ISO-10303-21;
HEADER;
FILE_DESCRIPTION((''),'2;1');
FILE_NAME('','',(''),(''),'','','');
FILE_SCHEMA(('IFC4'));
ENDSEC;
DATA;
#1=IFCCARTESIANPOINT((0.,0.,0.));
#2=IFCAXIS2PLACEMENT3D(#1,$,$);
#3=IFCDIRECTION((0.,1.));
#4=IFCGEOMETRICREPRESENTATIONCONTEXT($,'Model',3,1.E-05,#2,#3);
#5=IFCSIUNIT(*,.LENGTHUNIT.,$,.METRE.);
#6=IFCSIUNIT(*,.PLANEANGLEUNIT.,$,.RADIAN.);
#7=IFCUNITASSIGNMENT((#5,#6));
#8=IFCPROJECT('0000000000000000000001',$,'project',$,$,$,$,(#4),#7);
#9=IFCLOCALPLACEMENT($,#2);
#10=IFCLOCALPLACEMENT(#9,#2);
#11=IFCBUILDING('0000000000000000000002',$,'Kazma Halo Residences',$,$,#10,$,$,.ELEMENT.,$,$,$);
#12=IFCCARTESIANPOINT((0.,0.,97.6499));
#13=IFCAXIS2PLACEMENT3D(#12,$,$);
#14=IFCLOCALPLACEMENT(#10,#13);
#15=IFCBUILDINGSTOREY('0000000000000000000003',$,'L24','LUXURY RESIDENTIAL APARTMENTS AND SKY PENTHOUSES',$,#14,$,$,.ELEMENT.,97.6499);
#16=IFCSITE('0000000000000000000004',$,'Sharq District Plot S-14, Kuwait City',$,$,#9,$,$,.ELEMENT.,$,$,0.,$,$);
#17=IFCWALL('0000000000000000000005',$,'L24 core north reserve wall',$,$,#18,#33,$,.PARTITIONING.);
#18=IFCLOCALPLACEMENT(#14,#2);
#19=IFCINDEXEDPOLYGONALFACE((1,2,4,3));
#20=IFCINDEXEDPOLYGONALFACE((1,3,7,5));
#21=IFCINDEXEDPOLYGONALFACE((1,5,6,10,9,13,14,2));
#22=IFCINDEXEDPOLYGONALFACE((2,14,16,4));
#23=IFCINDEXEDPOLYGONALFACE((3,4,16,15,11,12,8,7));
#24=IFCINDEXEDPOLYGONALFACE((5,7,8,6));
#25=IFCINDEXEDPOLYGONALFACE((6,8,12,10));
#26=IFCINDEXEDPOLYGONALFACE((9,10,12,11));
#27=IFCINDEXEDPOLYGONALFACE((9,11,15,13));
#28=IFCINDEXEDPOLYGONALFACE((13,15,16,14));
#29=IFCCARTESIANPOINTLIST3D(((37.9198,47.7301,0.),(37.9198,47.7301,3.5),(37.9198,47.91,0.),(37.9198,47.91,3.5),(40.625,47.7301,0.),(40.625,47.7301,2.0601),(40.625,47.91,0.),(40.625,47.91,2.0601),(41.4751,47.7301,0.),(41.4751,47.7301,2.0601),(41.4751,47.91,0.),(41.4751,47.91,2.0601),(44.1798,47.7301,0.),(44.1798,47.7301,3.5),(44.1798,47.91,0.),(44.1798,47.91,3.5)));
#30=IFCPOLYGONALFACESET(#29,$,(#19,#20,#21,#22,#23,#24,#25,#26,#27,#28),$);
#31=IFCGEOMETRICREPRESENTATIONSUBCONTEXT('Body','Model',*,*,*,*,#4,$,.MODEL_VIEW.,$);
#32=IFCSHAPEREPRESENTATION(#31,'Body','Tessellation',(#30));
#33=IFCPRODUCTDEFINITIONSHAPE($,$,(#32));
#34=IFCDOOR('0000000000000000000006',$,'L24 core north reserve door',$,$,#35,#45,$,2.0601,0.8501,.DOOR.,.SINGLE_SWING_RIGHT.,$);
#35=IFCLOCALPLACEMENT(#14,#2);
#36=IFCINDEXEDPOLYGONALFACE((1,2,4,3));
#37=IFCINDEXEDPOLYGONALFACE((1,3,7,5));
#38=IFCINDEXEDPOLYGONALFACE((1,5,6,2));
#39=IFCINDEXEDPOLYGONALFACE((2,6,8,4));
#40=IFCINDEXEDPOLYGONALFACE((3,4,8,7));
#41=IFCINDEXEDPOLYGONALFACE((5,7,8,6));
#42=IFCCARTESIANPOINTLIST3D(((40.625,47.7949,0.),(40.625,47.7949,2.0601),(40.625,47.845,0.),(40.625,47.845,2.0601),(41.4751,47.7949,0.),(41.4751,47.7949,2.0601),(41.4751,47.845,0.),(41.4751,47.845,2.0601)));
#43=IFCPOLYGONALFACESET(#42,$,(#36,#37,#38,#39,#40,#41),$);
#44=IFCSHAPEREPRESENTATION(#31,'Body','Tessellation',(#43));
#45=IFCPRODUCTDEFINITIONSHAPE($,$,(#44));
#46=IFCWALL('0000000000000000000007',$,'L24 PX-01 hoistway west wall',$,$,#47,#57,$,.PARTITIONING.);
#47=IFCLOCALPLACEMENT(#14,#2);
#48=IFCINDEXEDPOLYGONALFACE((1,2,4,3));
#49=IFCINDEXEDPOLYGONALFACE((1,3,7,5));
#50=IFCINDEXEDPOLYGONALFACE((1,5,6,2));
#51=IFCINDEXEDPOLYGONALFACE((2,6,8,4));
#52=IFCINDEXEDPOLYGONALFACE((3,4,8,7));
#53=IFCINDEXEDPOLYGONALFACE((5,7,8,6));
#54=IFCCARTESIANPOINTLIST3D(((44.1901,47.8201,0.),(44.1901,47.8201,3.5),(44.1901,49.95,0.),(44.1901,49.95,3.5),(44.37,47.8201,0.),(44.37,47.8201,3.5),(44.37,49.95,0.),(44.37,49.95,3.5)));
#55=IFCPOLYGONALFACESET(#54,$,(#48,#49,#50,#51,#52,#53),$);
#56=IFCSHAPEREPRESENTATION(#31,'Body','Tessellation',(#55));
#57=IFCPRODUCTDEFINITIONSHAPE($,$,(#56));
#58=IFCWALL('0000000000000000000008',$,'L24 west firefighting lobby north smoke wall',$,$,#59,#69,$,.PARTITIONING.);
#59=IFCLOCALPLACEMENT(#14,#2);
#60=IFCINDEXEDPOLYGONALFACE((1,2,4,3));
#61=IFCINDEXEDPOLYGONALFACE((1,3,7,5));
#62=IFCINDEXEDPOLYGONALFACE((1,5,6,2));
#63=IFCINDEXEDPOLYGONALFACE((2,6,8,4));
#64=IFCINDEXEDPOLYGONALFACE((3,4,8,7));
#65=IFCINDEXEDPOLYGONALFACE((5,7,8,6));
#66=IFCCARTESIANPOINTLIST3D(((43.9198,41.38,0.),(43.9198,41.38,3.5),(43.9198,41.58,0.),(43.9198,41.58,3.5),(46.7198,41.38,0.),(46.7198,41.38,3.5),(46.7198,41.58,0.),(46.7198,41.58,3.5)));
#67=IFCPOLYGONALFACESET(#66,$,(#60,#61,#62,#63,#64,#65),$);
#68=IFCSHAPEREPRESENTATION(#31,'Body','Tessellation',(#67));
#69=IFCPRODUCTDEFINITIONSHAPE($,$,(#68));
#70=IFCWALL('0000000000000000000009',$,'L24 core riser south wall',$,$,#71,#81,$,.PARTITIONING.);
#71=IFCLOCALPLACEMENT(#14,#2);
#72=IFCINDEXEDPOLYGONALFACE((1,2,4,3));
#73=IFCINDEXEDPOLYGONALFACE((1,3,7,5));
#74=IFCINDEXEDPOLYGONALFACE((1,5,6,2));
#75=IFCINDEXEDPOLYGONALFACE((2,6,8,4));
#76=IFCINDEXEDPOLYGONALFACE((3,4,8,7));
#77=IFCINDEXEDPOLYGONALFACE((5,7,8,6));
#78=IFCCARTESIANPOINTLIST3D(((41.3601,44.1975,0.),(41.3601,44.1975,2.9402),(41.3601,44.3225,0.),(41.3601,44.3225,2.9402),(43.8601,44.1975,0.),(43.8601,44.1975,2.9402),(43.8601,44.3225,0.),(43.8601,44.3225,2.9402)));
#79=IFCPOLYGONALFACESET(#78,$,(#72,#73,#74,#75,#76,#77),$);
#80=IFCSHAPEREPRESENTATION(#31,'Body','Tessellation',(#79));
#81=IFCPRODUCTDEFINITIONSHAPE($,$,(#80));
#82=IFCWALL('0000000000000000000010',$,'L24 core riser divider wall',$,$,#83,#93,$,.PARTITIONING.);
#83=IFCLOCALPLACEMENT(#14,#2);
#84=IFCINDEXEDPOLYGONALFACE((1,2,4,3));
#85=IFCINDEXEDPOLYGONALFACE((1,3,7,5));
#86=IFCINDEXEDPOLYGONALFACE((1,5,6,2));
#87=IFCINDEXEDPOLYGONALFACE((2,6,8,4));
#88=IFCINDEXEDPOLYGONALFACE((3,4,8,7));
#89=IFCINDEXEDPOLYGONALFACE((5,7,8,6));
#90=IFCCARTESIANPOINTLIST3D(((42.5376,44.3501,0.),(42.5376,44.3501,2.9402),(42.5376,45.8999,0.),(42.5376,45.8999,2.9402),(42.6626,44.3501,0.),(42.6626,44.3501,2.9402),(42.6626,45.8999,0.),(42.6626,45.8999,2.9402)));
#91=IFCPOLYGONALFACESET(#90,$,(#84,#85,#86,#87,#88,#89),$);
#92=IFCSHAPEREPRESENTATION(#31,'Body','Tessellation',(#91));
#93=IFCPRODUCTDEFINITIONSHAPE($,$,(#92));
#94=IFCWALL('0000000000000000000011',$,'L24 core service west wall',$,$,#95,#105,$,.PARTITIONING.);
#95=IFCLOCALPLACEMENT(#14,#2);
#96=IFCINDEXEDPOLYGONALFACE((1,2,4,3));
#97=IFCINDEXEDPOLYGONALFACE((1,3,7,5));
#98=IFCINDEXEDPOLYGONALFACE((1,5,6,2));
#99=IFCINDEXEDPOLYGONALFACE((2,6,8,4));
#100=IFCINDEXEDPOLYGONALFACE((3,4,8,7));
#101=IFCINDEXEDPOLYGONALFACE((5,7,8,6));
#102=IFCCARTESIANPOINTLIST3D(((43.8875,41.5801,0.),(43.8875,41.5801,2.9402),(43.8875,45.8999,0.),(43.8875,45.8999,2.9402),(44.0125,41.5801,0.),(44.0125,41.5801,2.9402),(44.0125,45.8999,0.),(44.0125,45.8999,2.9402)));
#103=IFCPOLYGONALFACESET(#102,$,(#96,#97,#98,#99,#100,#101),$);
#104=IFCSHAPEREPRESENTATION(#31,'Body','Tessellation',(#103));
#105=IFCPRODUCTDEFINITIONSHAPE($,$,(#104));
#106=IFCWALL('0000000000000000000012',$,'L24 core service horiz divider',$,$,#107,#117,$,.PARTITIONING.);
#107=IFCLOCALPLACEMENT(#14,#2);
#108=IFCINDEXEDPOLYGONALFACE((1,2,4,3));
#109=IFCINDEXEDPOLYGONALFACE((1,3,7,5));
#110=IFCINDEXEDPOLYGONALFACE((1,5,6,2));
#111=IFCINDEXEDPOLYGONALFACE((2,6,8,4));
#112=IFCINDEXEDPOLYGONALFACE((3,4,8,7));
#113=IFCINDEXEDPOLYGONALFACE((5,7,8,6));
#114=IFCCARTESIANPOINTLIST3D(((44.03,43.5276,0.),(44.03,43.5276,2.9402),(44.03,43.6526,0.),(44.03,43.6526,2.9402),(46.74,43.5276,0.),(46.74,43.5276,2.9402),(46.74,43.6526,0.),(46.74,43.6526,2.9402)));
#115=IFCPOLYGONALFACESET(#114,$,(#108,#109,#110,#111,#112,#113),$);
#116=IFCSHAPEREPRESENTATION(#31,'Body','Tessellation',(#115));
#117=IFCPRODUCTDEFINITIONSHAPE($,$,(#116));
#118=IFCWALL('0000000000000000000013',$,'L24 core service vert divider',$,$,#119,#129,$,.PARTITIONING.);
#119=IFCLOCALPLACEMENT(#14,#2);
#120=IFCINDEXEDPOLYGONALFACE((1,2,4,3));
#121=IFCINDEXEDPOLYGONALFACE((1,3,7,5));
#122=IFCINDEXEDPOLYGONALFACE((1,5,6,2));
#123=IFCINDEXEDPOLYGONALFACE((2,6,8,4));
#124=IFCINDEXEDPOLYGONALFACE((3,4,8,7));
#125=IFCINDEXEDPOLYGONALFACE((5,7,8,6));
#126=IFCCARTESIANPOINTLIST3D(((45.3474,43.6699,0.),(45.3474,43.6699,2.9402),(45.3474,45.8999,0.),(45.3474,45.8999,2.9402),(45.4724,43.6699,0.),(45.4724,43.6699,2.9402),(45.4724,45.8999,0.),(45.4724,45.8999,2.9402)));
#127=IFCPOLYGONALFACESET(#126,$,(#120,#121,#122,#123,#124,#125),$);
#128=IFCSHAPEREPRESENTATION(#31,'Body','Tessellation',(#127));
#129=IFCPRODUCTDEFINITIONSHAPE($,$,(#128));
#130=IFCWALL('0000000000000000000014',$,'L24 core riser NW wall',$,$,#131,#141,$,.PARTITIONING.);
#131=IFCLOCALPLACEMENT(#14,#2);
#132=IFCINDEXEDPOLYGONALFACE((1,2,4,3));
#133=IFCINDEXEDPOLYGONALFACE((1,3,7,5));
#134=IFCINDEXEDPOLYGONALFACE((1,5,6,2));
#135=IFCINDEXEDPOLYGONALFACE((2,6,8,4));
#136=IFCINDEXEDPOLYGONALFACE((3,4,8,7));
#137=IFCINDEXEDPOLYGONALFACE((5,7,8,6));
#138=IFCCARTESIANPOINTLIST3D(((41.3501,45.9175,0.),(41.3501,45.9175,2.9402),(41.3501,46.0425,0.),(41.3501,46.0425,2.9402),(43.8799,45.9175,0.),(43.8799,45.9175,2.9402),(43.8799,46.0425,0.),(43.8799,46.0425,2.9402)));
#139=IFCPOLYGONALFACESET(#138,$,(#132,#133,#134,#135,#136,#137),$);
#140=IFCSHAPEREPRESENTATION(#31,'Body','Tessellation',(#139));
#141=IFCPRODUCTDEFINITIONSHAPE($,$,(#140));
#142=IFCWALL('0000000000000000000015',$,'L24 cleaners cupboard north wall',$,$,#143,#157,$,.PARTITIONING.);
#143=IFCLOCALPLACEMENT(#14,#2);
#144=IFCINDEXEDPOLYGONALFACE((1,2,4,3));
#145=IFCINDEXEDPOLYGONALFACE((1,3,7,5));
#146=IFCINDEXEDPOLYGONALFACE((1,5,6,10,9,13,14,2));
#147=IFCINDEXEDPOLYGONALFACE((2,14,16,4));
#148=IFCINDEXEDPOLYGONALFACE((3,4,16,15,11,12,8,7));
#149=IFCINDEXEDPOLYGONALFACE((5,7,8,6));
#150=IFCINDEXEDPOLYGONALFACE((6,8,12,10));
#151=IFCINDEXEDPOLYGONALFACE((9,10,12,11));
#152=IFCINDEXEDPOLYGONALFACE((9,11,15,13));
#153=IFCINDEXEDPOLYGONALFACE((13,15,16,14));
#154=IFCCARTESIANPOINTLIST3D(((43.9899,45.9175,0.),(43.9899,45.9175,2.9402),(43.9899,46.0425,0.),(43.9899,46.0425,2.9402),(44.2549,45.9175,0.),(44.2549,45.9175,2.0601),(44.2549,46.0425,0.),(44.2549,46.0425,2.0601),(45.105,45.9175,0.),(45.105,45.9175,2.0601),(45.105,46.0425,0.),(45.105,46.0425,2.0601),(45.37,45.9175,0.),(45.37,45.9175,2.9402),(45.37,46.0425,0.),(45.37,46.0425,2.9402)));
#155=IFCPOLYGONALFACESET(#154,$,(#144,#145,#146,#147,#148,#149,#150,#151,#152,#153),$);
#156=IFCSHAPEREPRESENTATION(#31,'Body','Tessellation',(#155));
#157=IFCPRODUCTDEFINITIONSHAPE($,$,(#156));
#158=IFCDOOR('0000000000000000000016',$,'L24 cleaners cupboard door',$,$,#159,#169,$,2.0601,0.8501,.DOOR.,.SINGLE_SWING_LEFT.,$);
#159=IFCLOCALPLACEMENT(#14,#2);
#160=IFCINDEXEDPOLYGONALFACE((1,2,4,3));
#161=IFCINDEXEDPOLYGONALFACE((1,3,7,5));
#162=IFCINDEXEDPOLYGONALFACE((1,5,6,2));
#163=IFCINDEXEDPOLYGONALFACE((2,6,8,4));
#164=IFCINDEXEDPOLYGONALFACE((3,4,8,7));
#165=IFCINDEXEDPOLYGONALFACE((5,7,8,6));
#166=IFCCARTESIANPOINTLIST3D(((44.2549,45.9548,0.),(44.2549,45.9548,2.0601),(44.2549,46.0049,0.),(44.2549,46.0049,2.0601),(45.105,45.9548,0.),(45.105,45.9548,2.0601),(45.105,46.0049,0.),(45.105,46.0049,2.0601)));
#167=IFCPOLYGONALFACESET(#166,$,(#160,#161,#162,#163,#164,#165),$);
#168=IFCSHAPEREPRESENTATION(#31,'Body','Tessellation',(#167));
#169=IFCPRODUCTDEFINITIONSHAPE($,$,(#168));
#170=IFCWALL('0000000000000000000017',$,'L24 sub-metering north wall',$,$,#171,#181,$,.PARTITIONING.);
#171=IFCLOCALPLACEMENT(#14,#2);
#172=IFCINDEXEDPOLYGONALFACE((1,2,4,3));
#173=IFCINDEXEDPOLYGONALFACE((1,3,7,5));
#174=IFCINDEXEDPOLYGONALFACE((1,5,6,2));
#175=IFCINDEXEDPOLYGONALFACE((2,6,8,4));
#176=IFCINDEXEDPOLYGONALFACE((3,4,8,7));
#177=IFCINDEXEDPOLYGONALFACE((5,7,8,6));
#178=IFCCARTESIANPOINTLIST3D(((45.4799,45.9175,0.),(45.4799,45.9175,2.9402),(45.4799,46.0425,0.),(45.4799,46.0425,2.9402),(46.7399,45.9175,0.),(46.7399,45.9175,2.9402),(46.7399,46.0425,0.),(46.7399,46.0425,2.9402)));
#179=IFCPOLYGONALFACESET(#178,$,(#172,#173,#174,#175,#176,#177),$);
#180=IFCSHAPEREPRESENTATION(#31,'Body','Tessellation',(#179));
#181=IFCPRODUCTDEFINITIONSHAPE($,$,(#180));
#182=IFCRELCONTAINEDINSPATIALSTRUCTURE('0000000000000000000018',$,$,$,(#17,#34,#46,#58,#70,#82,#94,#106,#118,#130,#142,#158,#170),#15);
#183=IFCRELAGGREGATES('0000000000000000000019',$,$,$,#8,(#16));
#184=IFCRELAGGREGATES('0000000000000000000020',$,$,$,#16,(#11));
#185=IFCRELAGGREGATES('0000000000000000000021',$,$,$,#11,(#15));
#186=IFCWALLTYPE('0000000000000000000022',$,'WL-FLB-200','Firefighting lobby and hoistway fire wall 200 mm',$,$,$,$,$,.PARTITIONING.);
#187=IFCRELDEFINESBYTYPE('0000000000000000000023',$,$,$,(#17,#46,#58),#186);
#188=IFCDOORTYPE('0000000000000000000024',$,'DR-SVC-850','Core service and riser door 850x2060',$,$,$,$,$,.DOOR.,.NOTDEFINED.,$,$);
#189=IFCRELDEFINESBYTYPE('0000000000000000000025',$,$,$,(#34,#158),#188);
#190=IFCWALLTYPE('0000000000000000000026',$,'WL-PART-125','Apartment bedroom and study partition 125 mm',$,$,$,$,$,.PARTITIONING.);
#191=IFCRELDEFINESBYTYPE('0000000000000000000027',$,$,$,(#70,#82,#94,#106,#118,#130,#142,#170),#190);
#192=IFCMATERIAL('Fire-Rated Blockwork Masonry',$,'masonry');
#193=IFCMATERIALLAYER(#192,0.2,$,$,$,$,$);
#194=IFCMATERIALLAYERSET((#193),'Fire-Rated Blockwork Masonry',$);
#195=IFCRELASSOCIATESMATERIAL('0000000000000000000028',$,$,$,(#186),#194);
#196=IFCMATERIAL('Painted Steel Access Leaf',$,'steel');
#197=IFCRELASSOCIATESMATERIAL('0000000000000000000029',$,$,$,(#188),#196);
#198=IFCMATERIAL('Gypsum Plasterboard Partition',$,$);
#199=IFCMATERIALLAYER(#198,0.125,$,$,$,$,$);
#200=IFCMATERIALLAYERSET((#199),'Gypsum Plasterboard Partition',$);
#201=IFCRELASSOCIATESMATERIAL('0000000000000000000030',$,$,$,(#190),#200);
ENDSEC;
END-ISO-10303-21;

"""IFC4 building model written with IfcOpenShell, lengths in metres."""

from ifc_helpers import new_model, si_unit, direction, frame, frame_2d, origin, place, context, subcontext, project, spatial, rectangle, extrude, material, layer, layer_set, type_object, element, fill, save


model = new_model("IFC4")

# Units and contexts
model_context = context("Model", 3, precision=1e-05, world=origin(), true_north=direction((0.0, 1.0)))
body_context = subcontext(model_context, "Body", "Model", "MODEL_VIEW")
ifc_project = project(units=[si_unit("LENGTHUNIT", "METRE"), si_unit("PLANEANGLEUNIT", "RADIAN")], contexts=[model_context])

# Site, building, storey
site_placement = place(None, origin())
site = spatial("IfcSite", under=ifc_project, at=site_placement, Name="Sharq District Plot S-14, Kuwait City", CompositionType="ELEMENT", RefElevation=0.0)
building_placement = place(site_placement, origin())
building = spatial("IfcBuilding", under=site, at=building_placement, Name="Kazma Halo Residences", CompositionType="ELEMENT")
storey_placement = place(building_placement, frame((0.0, 0.0, 97.6499)))
storey = spatial("IfcBuildingStorey", under=building, at=storey_placement, Name="L24", Description="LUXURY RESIDENTIAL APARTMENTS AND SKY PENTHOUSES", CompositionType="ELEMENT", Elevation=97.6499)

# Shared definitions
ifc_material_1 = material(Name="Fire-Rated Blockwork Masonry", Category="masonry")
ifc_layer_1 = layer(ifc_material_1, 0.2)
ifc_layer_set_1 = layer_set([ifc_layer_1], Name="Fire-Rated Blockwork Masonry")
wall_type_1 = type_object("IfcWallType", Name="WL-FLB-200", Description="Firefighting lobby and hoistway fire wall 200 mm", PredefinedType="PARTITIONING", material=ifc_layer_set_1)

# Wall, opening, door
wall_1_placement = place(storey_placement, frame((37.9199, 47.8201, 0.0), z_axis=(0.0, 0.0, 1.0), x_axis=(1.0, 0.0, 0.0)))
wall_1 = element("IfcWall", 1, at=wall_1_placement, inside=storey, type_object=wall_type_1, Name="L24 core north reserve wall", PredefinedType="PARTITIONING", context=body_context, shape_type="SweptSolid", body=[
    extrude(rectangle(XDim=6.26, YDim=0.1799, at=frame_2d((3.1299, 0.0))), origin(), (0.0, 0.0, 1.0), 3.5),
])
opening_1_placement = place(wall_1_placement, frame((2.7051, 0.0, 0.0)))
opening_1 = element("IfcOpeningElement", 2, at=opening_1_placement, cuts=wall_1, PredefinedType="OPENING", context=body_context, shape_type="SweptSolid", body=[
    extrude(rectangle(XDim=0.8501, YDim=2.0601, at=frame_2d((0.425, 1.03))), frame((0.0, 0.0999, 0.0), z_axis=(0.0, -1.0, 0.0), x_axis=(1.0, 0.0, 0.0)), (0.0, 0.0, 1.0), 0.2),
])
ifc_material_2 = material(Name="Painted Steel Access Leaf", Category="steel")
door_type_1 = type_object("IfcDoorType", Name="DR-SVC-850", Description="Core service and riser door 850x2060", OperationType="NOTDEFINED", PredefinedType="DOOR", material=ifc_material_2)
door_1_placement = place(opening_1_placement, origin())
door_1 = element("IfcDoor", 3, at=door_1_placement, inside=storey, type_object=door_type_1, Name="L24 core north reserve door", OperationType="SINGLE_SWING_RIGHT", OverallHeight=2.0601, OverallWidth=0.8501, PredefinedType="DOOR", context=body_context, shape_type="SweptSolid", body=[
    extrude(rectangle(XDim=0.8501, YDim=2.0601, at=frame_2d((0.425, 1.03))), frame((0.0, 0.0249, 0.0), z_axis=(0.0, -1.0, 0.0), x_axis=(1.0, 0.0, 0.0)), (0.0, 0.0, 1.0), 0.05),
])
fill(opening_1, door_1)

# Walls
wall_2_placement = place(storey_placement, frame((44.28, 47.8201, 0.0), z_axis=(0.0, 0.0, 1.0), x_axis=(0.0, 1.0, 0.0)))
element("IfcWall", 4, at=wall_2_placement, inside=storey, type_object=wall_type_1, Name="L24 PX-01 hoistway west wall", PredefinedType="PARTITIONING", context=body_context, shape_type="SweptSolid", body=[
    extrude(rectangle(XDim=2.1299, YDim=0.1799, at=frame_2d((1.0649, 0.0))), origin(), (0.0, 0.0, 1.0), 3.5),
])
wall_3_placement = place(storey_placement, frame((43.9199, 41.48, 0.0), z_axis=(0.0, 0.0, 1.0), x_axis=(1.0, 0.0, 0.0)))
element("IfcWall", 5, at=wall_3_placement, inside=storey, type_object=wall_type_1, Name="L24 west firefighting lobby north smoke wall", PredefinedType="PARTITIONING", context=body_context, shape_type="SweptSolid", body=[
    extrude(rectangle(XDim=2.8, YDim=0.2, at=frame_2d((1.3999, 0.0))), origin(), (0.0, 0.0, 1.0), 3.5),
])
ifc_material_3 = material(Name="Gypsum Plasterboard Partition")
ifc_layer_2 = layer(ifc_material_3, 0.125)
ifc_layer_set_2 = layer_set([ifc_layer_2], Name="Gypsum Plasterboard Partition")
wall_type_2 = type_object("IfcWallType", Name="WL-PART-125", Description="Apartment bedroom and study partition 125 mm", PredefinedType="PARTITIONING", material=ifc_layer_set_2)
wall_4_placement = place(storey_placement, frame((41.3601, 44.26, 0.0), z_axis=(0.0, 0.0, 1.0), x_axis=(1.0, 0.0, 0.0)))
element("IfcWall", 6, at=wall_4_placement, inside=storey, type_object=wall_type_2, Name="L24 core riser south wall", PredefinedType="PARTITIONING", context=body_context, shape_type="SweptSolid", body=[
    extrude(rectangle(XDim=2.5, YDim=0.125, at=frame_2d((1.25, 0.0))), origin(), (0.0, 0.0, 1.0), 2.9402),
])
wall_5_placement = place(storey_placement, frame((42.6001, 44.3501, 0.0), z_axis=(0.0, 0.0, 1.0), x_axis=(0.0, 1.0, 0.0)))
element("IfcWall", 7, at=wall_5_placement, inside=storey, type_object=wall_type_2, Name="L24 core riser divider wall", PredefinedType="PARTITIONING", context=body_context, shape_type="SweptSolid", body=[
    extrude(rectangle(XDim=1.5498, YDim=0.125, at=frame_2d((0.7749, 0.0))), origin(), (0.0, 0.0, 1.0), 2.9402),
])
wall_6_placement = place(storey_placement, frame((43.95, 41.5801, 0.0), z_axis=(0.0, 0.0, 1.0), x_axis=(0.0, 1.0, 0.0)))
element("IfcWall", 8, at=wall_6_placement, inside=storey, type_object=wall_type_2, Name="L24 core service west wall", PredefinedType="PARTITIONING", context=body_context, shape_type="SweptSolid", body=[
    extrude(rectangle(XDim=4.3198, YDim=0.125, at=frame_2d((2.1599, 0.0))), origin(), (0.0, 0.0, 1.0), 2.9402),
])
wall_7_placement = place(storey_placement, frame((44.03, 43.5901, 0.0), z_axis=(0.0, 0.0, 1.0), x_axis=(1.0, 0.0, 0.0)))
element("IfcWall", 9, at=wall_7_placement, inside=storey, type_object=wall_type_2, Name="L24 core service horiz divider", PredefinedType="PARTITIONING", context=body_context, shape_type="SweptSolid", body=[
    extrude(rectangle(XDim=2.71, YDim=0.125, at=frame_2d((1.355, 0.0))), origin(), (0.0, 0.0, 1.0), 2.9402),
])
wall_8_placement = place(storey_placement, frame((45.4099, 43.6699, 0.0), z_axis=(0.0, 0.0, 1.0), x_axis=(0.0, 1.0, 0.0)))
element("IfcWall", 10, at=wall_8_placement, inside=storey, type_object=wall_type_2, Name="L24 core service vert divider", PredefinedType="PARTITIONING", context=body_context, shape_type="SweptSolid", body=[
    extrude(rectangle(XDim=2.23, YDim=0.125, at=frame_2d((1.115, 0.0))), origin(), (0.0, 0.0, 1.0), 2.9402),
])
wall_9_placement = place(storey_placement, frame((41.3501, 45.98, 0.0), z_axis=(0.0, 0.0, 1.0), x_axis=(1.0, 0.0, 0.0)))
element("IfcWall", 11, at=wall_9_placement, inside=storey, type_object=wall_type_2, Name="L24 core riser NW wall", PredefinedType="PARTITIONING", context=body_context, shape_type="SweptSolid", body=[
    extrude(rectangle(XDim=2.5298, YDim=0.125, at=frame_2d((1.2649, 0.0))), origin(), (0.0, 0.0, 1.0), 2.9402),
])

# Wall, opening, door
wall_10_placement = place(storey_placement, frame((43.99, 45.98, 0.0), z_axis=(0.0, 0.0, 1.0), x_axis=(1.0, 0.0, 0.0)))
wall_10 = element("IfcWall", 12, at=wall_10_placement, inside=storey, type_object=wall_type_2, Name="L24 cleaners cupboard north wall", PredefinedType="PARTITIONING", context=body_context, shape_type="SweptSolid", body=[
    extrude(rectangle(XDim=1.3801, YDim=0.125, at=frame_2d((0.6899, 0.0))), origin(), (0.0, 0.0, 1.0), 2.9402),
])
opening_2_placement = place(wall_10_placement, frame((0.2649, 0.0, 0.0)))
opening_2 = element("IfcOpeningElement", 13, at=opening_2_placement, cuts=wall_10, PredefinedType="OPENING", context=body_context, shape_type="SweptSolid", body=[
    extrude(rectangle(XDim=0.8501, YDim=2.0601, at=frame_2d((0.425, 1.03))), frame((0.0, 0.0725, 0.0), z_axis=(0.0, -1.0, 0.0), x_axis=(1.0, 0.0, 0.0)), (0.0, 0.0, 1.0), 0.145),
])
door_2_placement = place(opening_2_placement, origin())
door_2 = element("IfcDoor", 14, at=door_2_placement, inside=storey, type_object=door_type_1, Name="L24 cleaners cupboard door", OperationType="SINGLE_SWING_LEFT", OverallHeight=2.0601, OverallWidth=0.8501, PredefinedType="DOOR", context=body_context, shape_type="SweptSolid", body=[
    extrude(rectangle(XDim=0.8501, YDim=2.0601, at=frame_2d((0.425, 1.03))), frame((0.0, 0.0249, 0.0), z_axis=(0.0, -1.0, 0.0), x_axis=(1.0, 0.0, 0.0)), (0.0, 0.0, 1.0), 0.05),
])
fill(opening_2, door_2)

# Wall
wall_11_placement = place(storey_placement, frame((45.48, 45.98, 0.0), z_axis=(0.0, 0.0, 1.0), x_axis=(1.0, 0.0, 0.0)))
element("IfcWall", 15, at=wall_11_placement, inside=storey, type_object=wall_type_2, Name="L24 sub-metering north wall", PredefinedType="PARTITIONING", context=body_context, shape_type="SweptSolid", body=[
    extrude(rectangle(XDim=1.26, YDim=0.125, at=frame_2d((0.6299, 0.0))), origin(), (0.0, 0.0, 1.0), 2.9402),
])

save(model, "model.ifc")
